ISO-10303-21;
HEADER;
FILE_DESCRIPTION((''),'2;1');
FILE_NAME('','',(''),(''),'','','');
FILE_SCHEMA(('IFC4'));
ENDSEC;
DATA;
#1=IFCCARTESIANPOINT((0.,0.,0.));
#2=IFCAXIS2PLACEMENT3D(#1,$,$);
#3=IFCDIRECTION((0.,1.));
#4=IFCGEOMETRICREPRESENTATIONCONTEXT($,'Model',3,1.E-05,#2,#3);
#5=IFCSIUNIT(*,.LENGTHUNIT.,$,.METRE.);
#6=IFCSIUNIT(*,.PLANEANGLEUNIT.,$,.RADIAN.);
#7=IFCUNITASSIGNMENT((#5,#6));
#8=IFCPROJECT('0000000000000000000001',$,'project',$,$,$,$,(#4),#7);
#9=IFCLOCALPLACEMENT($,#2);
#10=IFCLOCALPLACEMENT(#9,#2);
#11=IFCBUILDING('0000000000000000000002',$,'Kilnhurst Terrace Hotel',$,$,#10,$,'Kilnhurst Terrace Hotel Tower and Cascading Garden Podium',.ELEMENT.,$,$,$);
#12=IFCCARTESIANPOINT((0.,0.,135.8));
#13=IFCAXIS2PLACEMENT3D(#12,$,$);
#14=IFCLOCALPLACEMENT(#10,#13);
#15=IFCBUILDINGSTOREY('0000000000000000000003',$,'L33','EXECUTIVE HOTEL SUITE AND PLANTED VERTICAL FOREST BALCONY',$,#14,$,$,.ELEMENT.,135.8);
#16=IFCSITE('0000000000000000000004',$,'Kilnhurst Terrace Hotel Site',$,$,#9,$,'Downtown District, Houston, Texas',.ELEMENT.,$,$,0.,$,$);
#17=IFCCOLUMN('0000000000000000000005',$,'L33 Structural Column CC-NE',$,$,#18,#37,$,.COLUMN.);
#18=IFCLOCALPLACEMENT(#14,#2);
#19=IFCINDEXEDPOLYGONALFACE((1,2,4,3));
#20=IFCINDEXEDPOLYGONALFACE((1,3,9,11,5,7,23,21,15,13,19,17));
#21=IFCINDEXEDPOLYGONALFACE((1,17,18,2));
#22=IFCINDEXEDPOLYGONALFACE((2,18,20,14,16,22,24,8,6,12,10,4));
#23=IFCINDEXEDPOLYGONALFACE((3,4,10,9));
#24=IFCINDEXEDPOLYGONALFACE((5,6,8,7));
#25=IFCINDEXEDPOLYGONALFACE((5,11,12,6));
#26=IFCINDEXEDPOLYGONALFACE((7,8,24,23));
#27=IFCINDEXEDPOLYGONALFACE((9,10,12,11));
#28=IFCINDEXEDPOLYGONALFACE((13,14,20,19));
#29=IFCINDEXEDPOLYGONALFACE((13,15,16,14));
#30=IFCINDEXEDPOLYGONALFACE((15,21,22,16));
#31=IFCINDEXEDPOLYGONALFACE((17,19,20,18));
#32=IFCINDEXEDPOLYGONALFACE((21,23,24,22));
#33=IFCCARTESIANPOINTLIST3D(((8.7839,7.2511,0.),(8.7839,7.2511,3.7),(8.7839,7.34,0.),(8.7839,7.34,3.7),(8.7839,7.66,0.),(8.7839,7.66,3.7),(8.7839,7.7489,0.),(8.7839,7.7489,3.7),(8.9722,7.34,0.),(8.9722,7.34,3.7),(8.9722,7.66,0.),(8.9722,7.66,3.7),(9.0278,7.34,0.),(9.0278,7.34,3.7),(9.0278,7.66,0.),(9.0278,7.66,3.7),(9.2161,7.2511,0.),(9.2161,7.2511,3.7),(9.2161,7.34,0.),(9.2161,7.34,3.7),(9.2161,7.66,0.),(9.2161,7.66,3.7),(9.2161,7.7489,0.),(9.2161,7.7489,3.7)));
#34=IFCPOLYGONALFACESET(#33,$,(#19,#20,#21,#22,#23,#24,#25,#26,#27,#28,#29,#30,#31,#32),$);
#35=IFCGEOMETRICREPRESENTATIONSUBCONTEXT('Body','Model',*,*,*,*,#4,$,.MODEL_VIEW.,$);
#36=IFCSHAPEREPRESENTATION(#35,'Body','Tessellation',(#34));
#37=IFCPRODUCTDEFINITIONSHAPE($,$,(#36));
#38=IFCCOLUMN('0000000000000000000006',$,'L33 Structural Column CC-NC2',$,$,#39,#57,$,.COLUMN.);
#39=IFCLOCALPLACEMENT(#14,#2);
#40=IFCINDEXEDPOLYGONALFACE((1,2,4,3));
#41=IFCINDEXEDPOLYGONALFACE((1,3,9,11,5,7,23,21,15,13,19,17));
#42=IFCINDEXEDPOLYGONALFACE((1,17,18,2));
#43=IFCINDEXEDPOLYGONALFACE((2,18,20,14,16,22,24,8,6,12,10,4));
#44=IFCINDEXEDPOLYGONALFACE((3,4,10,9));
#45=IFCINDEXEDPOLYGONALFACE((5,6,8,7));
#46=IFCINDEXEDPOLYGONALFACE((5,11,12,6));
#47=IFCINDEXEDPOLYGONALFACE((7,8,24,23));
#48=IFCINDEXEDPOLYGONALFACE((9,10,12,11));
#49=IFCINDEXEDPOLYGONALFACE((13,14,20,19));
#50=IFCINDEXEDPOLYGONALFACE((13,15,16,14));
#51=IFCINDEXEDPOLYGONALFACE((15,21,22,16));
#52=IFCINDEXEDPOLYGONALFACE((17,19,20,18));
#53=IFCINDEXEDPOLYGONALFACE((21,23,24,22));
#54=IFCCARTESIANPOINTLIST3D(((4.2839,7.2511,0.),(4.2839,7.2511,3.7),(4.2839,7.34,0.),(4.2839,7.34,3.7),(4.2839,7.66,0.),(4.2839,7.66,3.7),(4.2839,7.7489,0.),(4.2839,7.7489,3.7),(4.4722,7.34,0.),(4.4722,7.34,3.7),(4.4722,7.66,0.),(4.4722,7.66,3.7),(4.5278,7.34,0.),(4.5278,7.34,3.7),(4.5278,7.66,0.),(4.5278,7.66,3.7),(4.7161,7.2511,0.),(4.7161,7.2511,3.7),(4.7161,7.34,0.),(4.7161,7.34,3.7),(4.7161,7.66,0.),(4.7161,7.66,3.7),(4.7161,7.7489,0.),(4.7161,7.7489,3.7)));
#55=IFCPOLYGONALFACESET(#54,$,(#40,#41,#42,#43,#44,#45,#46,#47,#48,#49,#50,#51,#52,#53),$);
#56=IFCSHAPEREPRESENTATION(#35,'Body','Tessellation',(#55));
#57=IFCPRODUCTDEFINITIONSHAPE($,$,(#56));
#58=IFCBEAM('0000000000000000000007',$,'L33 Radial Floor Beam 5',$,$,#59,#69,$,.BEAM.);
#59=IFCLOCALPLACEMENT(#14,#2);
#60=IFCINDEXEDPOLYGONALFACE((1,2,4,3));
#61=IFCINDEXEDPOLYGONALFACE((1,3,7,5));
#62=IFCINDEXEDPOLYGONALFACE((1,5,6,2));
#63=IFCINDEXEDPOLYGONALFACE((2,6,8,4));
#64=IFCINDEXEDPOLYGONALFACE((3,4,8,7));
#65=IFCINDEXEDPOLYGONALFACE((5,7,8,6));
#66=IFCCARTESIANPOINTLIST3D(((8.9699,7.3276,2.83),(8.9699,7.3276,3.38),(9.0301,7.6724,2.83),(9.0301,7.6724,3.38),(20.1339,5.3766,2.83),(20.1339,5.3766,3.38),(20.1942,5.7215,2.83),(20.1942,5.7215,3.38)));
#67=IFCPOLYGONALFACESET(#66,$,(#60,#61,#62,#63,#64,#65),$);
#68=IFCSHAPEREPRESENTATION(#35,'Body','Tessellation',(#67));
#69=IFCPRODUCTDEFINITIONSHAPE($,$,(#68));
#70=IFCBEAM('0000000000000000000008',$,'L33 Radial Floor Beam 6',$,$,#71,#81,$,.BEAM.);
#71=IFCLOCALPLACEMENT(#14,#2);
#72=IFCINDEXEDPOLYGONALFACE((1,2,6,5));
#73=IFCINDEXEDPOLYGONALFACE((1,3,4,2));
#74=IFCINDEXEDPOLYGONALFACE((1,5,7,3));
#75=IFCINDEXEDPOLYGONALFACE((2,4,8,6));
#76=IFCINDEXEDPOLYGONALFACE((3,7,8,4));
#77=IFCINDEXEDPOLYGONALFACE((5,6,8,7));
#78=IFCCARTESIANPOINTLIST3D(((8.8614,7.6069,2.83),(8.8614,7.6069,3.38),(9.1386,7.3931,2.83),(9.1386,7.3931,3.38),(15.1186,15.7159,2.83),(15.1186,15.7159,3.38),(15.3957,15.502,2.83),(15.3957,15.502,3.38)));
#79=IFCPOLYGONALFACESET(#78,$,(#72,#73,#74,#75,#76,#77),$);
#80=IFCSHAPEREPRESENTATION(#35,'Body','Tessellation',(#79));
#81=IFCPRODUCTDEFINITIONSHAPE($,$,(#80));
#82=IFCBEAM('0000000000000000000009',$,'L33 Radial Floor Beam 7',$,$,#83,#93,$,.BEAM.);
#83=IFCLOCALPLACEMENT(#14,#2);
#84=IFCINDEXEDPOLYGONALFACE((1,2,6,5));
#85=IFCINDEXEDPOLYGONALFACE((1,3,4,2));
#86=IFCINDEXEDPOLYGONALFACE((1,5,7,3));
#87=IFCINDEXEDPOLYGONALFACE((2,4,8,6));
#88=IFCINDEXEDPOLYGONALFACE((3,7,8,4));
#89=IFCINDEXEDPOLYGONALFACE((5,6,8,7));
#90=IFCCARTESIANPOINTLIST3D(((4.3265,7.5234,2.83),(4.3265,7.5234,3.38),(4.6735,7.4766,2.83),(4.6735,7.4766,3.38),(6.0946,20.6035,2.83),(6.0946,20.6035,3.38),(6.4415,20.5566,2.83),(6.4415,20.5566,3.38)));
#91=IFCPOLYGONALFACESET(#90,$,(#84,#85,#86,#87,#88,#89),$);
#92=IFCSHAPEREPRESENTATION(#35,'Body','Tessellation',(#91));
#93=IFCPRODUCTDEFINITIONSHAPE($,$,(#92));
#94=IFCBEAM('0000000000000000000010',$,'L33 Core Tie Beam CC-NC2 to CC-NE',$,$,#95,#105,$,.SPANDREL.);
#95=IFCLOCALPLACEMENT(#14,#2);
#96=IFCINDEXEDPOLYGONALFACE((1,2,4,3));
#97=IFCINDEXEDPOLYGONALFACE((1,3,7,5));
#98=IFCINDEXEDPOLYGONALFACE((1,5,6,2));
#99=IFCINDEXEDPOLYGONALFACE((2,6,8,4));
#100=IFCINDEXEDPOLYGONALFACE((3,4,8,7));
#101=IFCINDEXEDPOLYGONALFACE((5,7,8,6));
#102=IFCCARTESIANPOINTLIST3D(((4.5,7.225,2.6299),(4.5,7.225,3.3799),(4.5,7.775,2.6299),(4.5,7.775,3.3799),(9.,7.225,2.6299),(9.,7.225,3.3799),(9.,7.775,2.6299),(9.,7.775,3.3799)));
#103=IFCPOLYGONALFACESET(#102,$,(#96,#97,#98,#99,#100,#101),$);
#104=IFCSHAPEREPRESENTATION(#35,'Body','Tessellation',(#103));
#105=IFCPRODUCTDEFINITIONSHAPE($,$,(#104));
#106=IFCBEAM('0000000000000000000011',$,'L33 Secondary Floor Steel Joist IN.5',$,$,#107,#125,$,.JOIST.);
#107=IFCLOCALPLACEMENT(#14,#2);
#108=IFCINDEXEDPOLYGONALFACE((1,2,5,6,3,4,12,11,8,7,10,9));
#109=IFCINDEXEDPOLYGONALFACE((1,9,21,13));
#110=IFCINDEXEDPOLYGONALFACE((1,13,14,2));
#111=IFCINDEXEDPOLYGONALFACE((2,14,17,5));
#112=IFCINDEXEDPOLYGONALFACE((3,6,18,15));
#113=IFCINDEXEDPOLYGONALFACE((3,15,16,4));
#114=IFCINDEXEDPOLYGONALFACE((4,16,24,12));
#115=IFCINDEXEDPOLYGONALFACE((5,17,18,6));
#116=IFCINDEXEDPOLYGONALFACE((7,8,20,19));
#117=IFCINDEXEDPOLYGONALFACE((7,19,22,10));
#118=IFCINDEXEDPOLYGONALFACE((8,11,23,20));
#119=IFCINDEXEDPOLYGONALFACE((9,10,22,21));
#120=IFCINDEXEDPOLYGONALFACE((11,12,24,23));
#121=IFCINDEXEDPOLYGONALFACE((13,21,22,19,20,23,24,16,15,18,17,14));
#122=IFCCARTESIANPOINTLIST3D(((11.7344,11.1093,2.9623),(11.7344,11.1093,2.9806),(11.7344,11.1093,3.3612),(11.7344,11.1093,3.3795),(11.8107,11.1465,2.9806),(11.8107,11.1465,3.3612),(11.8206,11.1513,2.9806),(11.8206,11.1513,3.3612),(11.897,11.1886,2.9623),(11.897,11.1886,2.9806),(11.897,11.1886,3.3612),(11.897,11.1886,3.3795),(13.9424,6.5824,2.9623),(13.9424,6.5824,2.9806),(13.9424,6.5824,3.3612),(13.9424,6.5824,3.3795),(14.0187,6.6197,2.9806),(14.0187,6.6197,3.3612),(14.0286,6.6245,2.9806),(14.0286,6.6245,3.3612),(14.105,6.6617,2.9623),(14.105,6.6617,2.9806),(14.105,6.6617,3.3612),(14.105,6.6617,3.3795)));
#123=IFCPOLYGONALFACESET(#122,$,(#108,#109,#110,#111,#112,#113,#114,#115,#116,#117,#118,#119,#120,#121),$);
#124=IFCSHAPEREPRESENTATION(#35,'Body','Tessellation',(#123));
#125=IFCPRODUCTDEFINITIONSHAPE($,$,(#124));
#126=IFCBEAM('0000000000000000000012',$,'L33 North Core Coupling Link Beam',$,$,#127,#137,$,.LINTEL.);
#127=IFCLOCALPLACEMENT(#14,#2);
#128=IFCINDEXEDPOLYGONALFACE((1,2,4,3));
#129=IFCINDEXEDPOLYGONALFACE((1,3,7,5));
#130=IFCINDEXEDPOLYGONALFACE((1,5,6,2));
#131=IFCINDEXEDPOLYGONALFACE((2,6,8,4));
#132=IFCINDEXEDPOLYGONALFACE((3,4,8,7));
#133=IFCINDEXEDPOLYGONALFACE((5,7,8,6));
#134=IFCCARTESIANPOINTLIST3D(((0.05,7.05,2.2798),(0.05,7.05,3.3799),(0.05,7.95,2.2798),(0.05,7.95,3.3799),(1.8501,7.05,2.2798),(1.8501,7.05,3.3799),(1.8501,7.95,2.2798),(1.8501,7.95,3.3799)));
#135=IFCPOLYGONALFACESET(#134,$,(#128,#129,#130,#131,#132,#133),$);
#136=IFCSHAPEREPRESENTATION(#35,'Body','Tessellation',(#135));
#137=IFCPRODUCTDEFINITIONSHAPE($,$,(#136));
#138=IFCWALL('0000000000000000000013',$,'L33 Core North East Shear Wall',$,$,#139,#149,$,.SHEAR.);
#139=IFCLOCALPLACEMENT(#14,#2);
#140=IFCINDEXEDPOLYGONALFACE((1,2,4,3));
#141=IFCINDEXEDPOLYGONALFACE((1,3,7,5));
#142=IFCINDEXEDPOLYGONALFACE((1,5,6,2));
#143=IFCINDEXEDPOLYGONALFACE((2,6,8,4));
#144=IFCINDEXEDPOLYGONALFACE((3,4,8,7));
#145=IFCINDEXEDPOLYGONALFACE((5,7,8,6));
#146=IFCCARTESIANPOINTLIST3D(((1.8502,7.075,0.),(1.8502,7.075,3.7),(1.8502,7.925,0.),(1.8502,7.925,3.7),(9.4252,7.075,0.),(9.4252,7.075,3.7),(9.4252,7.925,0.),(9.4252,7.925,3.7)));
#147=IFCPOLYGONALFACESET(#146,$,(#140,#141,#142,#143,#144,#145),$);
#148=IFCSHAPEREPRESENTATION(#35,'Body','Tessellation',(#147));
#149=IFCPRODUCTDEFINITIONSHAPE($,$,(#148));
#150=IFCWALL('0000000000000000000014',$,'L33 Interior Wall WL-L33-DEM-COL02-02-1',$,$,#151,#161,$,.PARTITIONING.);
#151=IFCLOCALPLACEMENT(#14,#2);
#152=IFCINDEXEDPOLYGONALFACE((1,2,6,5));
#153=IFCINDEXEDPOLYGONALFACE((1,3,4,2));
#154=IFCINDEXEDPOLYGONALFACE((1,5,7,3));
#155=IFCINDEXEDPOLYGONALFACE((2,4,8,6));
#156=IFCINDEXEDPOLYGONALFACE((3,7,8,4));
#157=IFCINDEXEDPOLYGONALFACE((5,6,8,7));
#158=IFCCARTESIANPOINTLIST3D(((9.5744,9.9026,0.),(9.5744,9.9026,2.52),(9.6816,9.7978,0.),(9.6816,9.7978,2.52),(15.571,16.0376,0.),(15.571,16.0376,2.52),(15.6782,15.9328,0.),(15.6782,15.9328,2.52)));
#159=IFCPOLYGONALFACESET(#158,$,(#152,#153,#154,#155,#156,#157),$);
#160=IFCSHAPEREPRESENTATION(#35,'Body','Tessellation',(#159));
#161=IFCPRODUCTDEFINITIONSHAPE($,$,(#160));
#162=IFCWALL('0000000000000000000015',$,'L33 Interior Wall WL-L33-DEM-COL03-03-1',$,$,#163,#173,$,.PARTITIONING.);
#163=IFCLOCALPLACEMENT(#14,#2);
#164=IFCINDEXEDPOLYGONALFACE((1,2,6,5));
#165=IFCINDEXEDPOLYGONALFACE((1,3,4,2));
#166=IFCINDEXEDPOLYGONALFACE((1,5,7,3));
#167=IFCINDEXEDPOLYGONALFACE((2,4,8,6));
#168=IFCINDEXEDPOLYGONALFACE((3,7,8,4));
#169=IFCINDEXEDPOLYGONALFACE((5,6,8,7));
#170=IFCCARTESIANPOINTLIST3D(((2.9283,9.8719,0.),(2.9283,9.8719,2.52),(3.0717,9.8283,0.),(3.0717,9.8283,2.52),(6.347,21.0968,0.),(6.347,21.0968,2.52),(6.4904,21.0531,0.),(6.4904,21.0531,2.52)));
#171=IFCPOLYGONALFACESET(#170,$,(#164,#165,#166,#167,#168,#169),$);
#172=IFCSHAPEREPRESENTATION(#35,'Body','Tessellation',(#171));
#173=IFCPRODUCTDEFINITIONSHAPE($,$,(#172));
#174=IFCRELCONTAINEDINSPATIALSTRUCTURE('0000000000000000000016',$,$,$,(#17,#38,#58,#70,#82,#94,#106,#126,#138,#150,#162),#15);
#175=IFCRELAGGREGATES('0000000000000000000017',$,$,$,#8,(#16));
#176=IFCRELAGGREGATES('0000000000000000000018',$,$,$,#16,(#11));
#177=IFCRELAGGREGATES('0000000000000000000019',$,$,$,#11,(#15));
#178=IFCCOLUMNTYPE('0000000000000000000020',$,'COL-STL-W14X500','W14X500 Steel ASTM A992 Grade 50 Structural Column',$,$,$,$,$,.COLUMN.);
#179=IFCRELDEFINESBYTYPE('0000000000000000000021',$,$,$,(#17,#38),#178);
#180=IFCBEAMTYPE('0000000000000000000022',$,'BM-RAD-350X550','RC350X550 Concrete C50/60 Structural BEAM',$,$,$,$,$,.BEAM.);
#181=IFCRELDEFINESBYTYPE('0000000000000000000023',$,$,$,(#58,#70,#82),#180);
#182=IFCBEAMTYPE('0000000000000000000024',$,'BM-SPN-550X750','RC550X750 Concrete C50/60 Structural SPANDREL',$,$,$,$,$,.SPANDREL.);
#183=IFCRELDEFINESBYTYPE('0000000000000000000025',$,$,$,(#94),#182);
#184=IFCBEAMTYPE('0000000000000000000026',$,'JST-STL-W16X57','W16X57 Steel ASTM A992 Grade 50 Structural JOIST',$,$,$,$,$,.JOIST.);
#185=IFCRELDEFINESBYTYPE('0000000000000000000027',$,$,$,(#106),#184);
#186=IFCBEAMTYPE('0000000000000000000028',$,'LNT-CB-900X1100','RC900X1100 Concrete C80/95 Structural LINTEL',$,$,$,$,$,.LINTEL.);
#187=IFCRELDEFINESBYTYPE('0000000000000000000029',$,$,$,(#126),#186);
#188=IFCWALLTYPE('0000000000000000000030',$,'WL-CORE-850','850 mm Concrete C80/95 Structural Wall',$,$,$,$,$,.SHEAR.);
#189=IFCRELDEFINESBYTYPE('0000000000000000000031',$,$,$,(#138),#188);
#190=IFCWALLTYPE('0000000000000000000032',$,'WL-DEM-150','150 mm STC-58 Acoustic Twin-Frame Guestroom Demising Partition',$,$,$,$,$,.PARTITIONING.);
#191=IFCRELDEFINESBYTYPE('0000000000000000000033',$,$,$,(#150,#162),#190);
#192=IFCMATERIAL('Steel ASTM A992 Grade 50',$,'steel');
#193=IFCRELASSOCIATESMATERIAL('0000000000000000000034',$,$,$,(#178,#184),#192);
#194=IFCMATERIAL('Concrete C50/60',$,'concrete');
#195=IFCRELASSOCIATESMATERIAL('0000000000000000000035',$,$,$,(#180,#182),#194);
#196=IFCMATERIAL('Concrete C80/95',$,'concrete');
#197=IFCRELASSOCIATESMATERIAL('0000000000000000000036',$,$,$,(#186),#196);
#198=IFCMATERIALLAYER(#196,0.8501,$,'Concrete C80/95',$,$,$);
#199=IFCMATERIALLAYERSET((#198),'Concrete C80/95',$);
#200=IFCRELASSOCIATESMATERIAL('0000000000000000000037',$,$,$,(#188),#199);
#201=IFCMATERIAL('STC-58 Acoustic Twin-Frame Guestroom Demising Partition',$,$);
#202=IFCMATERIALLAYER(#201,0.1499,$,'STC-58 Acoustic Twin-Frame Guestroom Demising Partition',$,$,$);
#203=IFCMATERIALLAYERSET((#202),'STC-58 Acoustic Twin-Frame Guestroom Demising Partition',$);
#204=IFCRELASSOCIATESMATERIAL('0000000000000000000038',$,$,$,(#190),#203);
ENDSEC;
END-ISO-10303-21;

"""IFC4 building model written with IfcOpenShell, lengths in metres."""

from ifc_helpers import new_model, si_unit, direction, frame, frame_2d, origin, origin_2d, place, context, subcontext, project, spatial, rectangle, i_section, extrude, material, layer, layer_set, material_profile, profile_set, type_object, element, save


model = new_model("IFC4")

# Units and contexts
model_context = context("Model", 3, precision=1e-05, world=origin(), true_north=direction((0.0, 1.0)))
body_context = subcontext(model_context, "Body", "Model", "MODEL_VIEW")
ifc_project = project(units=[si_unit("LENGTHUNIT", "METRE"), si_unit("PLANEANGLEUNIT", "RADIAN")], contexts=[model_context])

# Site, building, storey
site_placement = place(None, origin())
site = spatial("IfcSite", under=ifc_project, at=site_placement, Name="Kilnhurst Terrace Hotel Site", LongName="Downtown District, Houston, Texas", CompositionType="ELEMENT", RefElevation=0.0)
building_placement = place(site_placement, origin())
building = spatial("IfcBuilding", under=site, at=building_placement, Name="Kilnhurst Terrace Hotel", LongName="Kilnhurst Terrace Hotel Tower and Cascading Garden Podium", CompositionType="ELEMENT")
storey_placement = place(building_placement, frame((0.0, 0.0, 135.8)))
storey = spatial("IfcBuildingStorey", under=building, at=storey_placement, Name="L33", Description="EXECUTIVE HOTEL SUITE AND PLANTED VERTICAL FOREST BALCONY", CompositionType="ELEMENT", Elevation=135.8)

# Columns
ifc_material_1 = material(Name="Steel ASTM A992 Grade 50", Category="steel")
ifc_material_profile_1 = material_profile(ifc_material_1, i_section(OverallWidth=0.4321, OverallDepth=0.4978, WebThickness=0.0557, FlangeThickness=0.0889, at=origin_2d()), Name="W14X500")
ifc_profile_set_1 = profile_set([ifc_material_profile_1], Name="Steel ASTM A992 Grade 50")
column_type = type_object("IfcColumnType", Name="COL-STL-W14X500", Description="W14X500 Steel ASTM A992 Grade 50 Structural Column", PredefinedType="COLUMN", material=ifc_profile_set_1)
for number, where, z_axis, x_axis, name in (
    (1, (9.0, 7.5, 0.0), (0.0, 0.0, 1.0), (1.0, 0.0, 0.0), "L33 Structural Column CC-NE"),
    (2, (4.5, 7.5, 0.0), (0.0, 0.0, 1.0), (1.0, 0.0, 0.0), "L33 Structural Column CC-NC2"),
):
    element("IfcColumn", number, at=place(storey_placement, frame(where, z_axis=z_axis, x_axis=x_axis)), inside=storey, type_object=column_type, Name=name, PredefinedType="COLUMN", context=body_context, shape_type="SweptSolid", body=[
        extrude(i_section(OverallWidth=0.4321, OverallDepth=0.4978, WebThickness=0.0557, FlangeThickness=0.0889, at=origin_2d()), origin(), (0.0, 0.0, 1.0), 3.7),
    ])

# Beams
ifc_material_2 = material(Name="Concrete C50/60", Category="concrete")
ifc_material_profile_2 = material_profile(ifc_material_2, rectangle(XDim=0.3501, YDim=0.55, at=origin_2d()), Name="RC350X550")
ifc_profile_set_2 = profile_set([ifc_material_profile_2], Name="Concrete C50/60")
beam_type_1 = type_object("IfcBeamType", Name="BM-RAD-350X550", Description="RC350X550 Concrete C50/60 Structural BEAM", PredefinedType="BEAM", material=ifc_profile_set_2)
beam_1_placement = place(storey_placement, frame((9.0, 7.5, 3.105), z_axis=(0.985072, -0.172142, 0.0), x_axis=(0.172142, 0.985072, 0.0)))
element("IfcBeam", 3, at=beam_1_placement, inside=storey, type_object=beam_type_1, Name="L33 Radial Floor Beam 5", PredefinedType="BEAM", context=body_context, shape_type="SweptSolid", body=[
    extrude(rectangle(XDim=0.3501, YDim=0.55, at=origin_2d()), origin(), (0.0, 0.0, 1.0), 11.3333),
])
beam_2_placement = place(storey_placement, frame((9.0, 7.5, 3.105), z_axis=(0.610905, 0.791704, 0.0), x_axis=(-0.791704, 0.610905, 0.0)))
element("IfcBeam", 4, at=beam_2_placement, inside=storey, type_object=beam_type_1, Name="L33 Radial Floor Beam 6", PredefinedType="BEAM", context=body_context, shape_type="SweptSolid", body=[
    extrude(rectangle(XDim=0.3501, YDim=0.55, at=origin_2d()), origin(), (0.0, 0.0, 1.0), 10.2424),
])
beam_3_placement = place(storey_placement, frame((4.5, 7.5, 3.105), z_axis=(0.133954, 0.990988, 0.0), x_axis=(-0.990988, 0.133954, 0.0)))
element("IfcBeam", 5, at=beam_3_placement, inside=storey, type_object=beam_type_1, Name="L33 Radial Floor Beam 7", PredefinedType="BEAM", context=body_context, shape_type="SweptSolid", body=[
    extrude(rectangle(XDim=0.3501, YDim=0.55, at=origin_2d()), origin(), (0.0, 0.0, 1.0), 13.199),
])
ifc_material_profile_3 = material_profile(ifc_material_2, rectangle(XDim=0.55, YDim=0.75, at=origin_2d()), Name="RC550X750")
ifc_profile_set_3 = profile_set([ifc_material_profile_3], Name="Concrete C50/60")
beam_type_2 = type_object("IfcBeamType", Name="BM-SPN-550X750", Description="RC550X750 Concrete C50/60 Structural SPANDREL", PredefinedType="SPANDREL", material=ifc_profile_set_3)
beam_4_placement = place(storey_placement, frame((4.5, 7.5, 3.0049), z_axis=(1.0, 0.0, 0.0), x_axis=(0.0, 1.0, 0.0)))
element("IfcBeam", 6, at=beam_4_placement, inside=storey, type_object=beam_type_2, Name="L33 Core Tie Beam CC-NC2 to CC-NE", PredefinedType="SPANDREL", context=body_context, shape_type="SweptSolid", body=[
    extrude(rectangle(XDim=0.55, YDim=0.75, at=origin_2d()), origin(), (0.0, 0.0, 1.0), 4.5),
])
ifc_material_profile_4 = material_profile(ifc_material_1, i_section(OverallWidth=0.1809, OverallDepth=0.4172, WebThickness=0.011, FlangeThickness=0.0183, at=origin_2d()), Name="W16X57")
ifc_profile_set_4 = profile_set([ifc_material_profile_4], Name="Steel ASTM A992 Grade 50")
beam_type_3 = type_object("IfcBeamType", Name="JST-STL-W16X57", Description="W16X57 Steel ASTM A992 Grade 50 Structural JOIST", PredefinedType="JOIST", material=ifc_profile_set_4)
beam_5_placement = place(storey_placement, frame((14.0237, 6.6221, 3.1709), z_axis=(-0.438389, 0.898785, 0.0), x_axis=(-0.898785, -0.438389, 0.0)))
element("IfcBeam", 7, at=beam_5_placement, inside=storey, type_object=beam_type_3, Name="L33 Secondary Floor Steel Joist IN.5", PredefinedType="JOIST", context=body_context, shape_type="SweptSolid", body=[
    extrude(i_section(OverallWidth=0.1809, OverallDepth=0.4172, WebThickness=0.011, FlangeThickness=0.0183, at=origin_2d()), origin(), (0.0, 0.0, 1.0), 5.0366),
])
ifc_material_3 = material(Name="Concrete C80/95", Category="concrete")
ifc_material_profile_5 = material_profile(ifc_material_3, rectangle(XDim=0.8999, YDim=1.1001, at=origin_2d()), Name="RC900X1100")
ifc_profile_set_5 = profile_set([ifc_material_profile_5], Name="Concrete C80/95")
beam_type_4 = type_object("IfcBeamType", Name="LNT-CB-900X1100", Description="RC900X1100 Concrete C80/95 Structural LINTEL", PredefinedType="LINTEL", material=ifc_profile_set_5)
beam_6_placement = place(storey_placement, frame((0.05, 7.5, 2.8298), z_axis=(1.0, 0.0, 0.0), x_axis=(0.0, 1.0, 0.0)))
element("IfcBeam", 8, at=beam_6_placement, inside=storey, type_object=beam_type_4, Name="L33 North Core Coupling Link Beam", PredefinedType="LINTEL", context=body_context, shape_type="SweptSolid", body=[
    extrude(rectangle(XDim=0.8999, YDim=1.1001, at=origin_2d()), origin(), (0.0, 0.0, 1.0), 1.8),
])

# Walls
ifc_layer_1 = layer(ifc_material_3, 0.8501, Name="Concrete C80/95")
ifc_layer_set_1 = layer_set([ifc_layer_1], Name="Concrete C80/95")
wall_type_1 = type_object("IfcWallType", Name="WL-CORE-850", Description="850 mm Concrete C80/95 Structural Wall", PredefinedType="SHEAR", material=ifc_layer_set_1)
wall_1_placement = place(storey_placement, frame((1.8501, 7.5, 0.0), z_axis=(0.0, 0.0, 1.0), x_axis=(1.0, 0.0, 0.0)))
element("IfcWall", 9, at=wall_1_placement, inside=storey, type_object=wall_type_1, Name="L33 Core North East Shear Wall", PredefinedType="SHEAR", context=body_context, shape_type="SweptSolid", body=[
    extrude(rectangle(XDim=7.575, YDim=0.8501, at=frame_2d((3.7876, 0.0))), origin(), (0.0, 0.0, 1.0), 3.7),
])
ifc_material_4 = material(Name="STC-58 Acoustic Twin-Frame Guestroom Demising Partition")
ifc_layer_2 = layer(ifc_material_4, 0.1499, Name="STC-58 Acoustic Twin-Frame Guestroom Demising Partition")
ifc_layer_set_2 = layer_set([ifc_layer_2], Name="STC-58 Acoustic Twin-Frame Guestroom Demising Partition")
wall_type_2 = type_object("IfcWallType", Name="WL-DEM-150", Description="150 mm STC-58 Acoustic Twin-Frame Guestroom Demising Partition", PredefinedType="PARTITIONING", material=ifc_layer_set_2)
wall_2_placement = place(storey_placement, frame((9.6279, 9.8501, 0.0), z_axis=(0.0, 0.0, 1.0), x_axis=(0.698993, 0.715129, 0.0)))
element("IfcWall", 10, at=wall_2_placement, inside=storey, type_object=wall_type_2, Name="L33 Interior Wall WL-L33-DEM-COL02-02-1", PredefinedType="PARTITIONING", context=body_context, shape_type="SweptSolid", body=[
    extrude(rectangle(XDim=8.5789, YDim=0.1499, at=frame_2d((4.2896, 0.0))), origin(), (0.0, 0.0, 1.0), 2.52),
])
wall_3_placement = place(storey_placement, frame((3.0, 9.8501, 0.0), z_axis=(0.0, 0.0, 1.0), x_axis=(0.291352, 0.956616, 0.0)))
element("IfcWall", 11, at=wall_3_placement, inside=storey, type_object=wall_type_2, Name="L33 Interior Wall WL-L33-DEM-COL03-03-1", PredefinedType="PARTITIONING", context=body_context, shape_type="SweptSolid", body=[
    extrude(rectangle(XDim=11.7339, YDim=0.1499, at=frame_2d((5.8669, 0.0))), origin(), (0.0, 0.0, 1.0), 2.52),
])

save(model, "model.ifc")
